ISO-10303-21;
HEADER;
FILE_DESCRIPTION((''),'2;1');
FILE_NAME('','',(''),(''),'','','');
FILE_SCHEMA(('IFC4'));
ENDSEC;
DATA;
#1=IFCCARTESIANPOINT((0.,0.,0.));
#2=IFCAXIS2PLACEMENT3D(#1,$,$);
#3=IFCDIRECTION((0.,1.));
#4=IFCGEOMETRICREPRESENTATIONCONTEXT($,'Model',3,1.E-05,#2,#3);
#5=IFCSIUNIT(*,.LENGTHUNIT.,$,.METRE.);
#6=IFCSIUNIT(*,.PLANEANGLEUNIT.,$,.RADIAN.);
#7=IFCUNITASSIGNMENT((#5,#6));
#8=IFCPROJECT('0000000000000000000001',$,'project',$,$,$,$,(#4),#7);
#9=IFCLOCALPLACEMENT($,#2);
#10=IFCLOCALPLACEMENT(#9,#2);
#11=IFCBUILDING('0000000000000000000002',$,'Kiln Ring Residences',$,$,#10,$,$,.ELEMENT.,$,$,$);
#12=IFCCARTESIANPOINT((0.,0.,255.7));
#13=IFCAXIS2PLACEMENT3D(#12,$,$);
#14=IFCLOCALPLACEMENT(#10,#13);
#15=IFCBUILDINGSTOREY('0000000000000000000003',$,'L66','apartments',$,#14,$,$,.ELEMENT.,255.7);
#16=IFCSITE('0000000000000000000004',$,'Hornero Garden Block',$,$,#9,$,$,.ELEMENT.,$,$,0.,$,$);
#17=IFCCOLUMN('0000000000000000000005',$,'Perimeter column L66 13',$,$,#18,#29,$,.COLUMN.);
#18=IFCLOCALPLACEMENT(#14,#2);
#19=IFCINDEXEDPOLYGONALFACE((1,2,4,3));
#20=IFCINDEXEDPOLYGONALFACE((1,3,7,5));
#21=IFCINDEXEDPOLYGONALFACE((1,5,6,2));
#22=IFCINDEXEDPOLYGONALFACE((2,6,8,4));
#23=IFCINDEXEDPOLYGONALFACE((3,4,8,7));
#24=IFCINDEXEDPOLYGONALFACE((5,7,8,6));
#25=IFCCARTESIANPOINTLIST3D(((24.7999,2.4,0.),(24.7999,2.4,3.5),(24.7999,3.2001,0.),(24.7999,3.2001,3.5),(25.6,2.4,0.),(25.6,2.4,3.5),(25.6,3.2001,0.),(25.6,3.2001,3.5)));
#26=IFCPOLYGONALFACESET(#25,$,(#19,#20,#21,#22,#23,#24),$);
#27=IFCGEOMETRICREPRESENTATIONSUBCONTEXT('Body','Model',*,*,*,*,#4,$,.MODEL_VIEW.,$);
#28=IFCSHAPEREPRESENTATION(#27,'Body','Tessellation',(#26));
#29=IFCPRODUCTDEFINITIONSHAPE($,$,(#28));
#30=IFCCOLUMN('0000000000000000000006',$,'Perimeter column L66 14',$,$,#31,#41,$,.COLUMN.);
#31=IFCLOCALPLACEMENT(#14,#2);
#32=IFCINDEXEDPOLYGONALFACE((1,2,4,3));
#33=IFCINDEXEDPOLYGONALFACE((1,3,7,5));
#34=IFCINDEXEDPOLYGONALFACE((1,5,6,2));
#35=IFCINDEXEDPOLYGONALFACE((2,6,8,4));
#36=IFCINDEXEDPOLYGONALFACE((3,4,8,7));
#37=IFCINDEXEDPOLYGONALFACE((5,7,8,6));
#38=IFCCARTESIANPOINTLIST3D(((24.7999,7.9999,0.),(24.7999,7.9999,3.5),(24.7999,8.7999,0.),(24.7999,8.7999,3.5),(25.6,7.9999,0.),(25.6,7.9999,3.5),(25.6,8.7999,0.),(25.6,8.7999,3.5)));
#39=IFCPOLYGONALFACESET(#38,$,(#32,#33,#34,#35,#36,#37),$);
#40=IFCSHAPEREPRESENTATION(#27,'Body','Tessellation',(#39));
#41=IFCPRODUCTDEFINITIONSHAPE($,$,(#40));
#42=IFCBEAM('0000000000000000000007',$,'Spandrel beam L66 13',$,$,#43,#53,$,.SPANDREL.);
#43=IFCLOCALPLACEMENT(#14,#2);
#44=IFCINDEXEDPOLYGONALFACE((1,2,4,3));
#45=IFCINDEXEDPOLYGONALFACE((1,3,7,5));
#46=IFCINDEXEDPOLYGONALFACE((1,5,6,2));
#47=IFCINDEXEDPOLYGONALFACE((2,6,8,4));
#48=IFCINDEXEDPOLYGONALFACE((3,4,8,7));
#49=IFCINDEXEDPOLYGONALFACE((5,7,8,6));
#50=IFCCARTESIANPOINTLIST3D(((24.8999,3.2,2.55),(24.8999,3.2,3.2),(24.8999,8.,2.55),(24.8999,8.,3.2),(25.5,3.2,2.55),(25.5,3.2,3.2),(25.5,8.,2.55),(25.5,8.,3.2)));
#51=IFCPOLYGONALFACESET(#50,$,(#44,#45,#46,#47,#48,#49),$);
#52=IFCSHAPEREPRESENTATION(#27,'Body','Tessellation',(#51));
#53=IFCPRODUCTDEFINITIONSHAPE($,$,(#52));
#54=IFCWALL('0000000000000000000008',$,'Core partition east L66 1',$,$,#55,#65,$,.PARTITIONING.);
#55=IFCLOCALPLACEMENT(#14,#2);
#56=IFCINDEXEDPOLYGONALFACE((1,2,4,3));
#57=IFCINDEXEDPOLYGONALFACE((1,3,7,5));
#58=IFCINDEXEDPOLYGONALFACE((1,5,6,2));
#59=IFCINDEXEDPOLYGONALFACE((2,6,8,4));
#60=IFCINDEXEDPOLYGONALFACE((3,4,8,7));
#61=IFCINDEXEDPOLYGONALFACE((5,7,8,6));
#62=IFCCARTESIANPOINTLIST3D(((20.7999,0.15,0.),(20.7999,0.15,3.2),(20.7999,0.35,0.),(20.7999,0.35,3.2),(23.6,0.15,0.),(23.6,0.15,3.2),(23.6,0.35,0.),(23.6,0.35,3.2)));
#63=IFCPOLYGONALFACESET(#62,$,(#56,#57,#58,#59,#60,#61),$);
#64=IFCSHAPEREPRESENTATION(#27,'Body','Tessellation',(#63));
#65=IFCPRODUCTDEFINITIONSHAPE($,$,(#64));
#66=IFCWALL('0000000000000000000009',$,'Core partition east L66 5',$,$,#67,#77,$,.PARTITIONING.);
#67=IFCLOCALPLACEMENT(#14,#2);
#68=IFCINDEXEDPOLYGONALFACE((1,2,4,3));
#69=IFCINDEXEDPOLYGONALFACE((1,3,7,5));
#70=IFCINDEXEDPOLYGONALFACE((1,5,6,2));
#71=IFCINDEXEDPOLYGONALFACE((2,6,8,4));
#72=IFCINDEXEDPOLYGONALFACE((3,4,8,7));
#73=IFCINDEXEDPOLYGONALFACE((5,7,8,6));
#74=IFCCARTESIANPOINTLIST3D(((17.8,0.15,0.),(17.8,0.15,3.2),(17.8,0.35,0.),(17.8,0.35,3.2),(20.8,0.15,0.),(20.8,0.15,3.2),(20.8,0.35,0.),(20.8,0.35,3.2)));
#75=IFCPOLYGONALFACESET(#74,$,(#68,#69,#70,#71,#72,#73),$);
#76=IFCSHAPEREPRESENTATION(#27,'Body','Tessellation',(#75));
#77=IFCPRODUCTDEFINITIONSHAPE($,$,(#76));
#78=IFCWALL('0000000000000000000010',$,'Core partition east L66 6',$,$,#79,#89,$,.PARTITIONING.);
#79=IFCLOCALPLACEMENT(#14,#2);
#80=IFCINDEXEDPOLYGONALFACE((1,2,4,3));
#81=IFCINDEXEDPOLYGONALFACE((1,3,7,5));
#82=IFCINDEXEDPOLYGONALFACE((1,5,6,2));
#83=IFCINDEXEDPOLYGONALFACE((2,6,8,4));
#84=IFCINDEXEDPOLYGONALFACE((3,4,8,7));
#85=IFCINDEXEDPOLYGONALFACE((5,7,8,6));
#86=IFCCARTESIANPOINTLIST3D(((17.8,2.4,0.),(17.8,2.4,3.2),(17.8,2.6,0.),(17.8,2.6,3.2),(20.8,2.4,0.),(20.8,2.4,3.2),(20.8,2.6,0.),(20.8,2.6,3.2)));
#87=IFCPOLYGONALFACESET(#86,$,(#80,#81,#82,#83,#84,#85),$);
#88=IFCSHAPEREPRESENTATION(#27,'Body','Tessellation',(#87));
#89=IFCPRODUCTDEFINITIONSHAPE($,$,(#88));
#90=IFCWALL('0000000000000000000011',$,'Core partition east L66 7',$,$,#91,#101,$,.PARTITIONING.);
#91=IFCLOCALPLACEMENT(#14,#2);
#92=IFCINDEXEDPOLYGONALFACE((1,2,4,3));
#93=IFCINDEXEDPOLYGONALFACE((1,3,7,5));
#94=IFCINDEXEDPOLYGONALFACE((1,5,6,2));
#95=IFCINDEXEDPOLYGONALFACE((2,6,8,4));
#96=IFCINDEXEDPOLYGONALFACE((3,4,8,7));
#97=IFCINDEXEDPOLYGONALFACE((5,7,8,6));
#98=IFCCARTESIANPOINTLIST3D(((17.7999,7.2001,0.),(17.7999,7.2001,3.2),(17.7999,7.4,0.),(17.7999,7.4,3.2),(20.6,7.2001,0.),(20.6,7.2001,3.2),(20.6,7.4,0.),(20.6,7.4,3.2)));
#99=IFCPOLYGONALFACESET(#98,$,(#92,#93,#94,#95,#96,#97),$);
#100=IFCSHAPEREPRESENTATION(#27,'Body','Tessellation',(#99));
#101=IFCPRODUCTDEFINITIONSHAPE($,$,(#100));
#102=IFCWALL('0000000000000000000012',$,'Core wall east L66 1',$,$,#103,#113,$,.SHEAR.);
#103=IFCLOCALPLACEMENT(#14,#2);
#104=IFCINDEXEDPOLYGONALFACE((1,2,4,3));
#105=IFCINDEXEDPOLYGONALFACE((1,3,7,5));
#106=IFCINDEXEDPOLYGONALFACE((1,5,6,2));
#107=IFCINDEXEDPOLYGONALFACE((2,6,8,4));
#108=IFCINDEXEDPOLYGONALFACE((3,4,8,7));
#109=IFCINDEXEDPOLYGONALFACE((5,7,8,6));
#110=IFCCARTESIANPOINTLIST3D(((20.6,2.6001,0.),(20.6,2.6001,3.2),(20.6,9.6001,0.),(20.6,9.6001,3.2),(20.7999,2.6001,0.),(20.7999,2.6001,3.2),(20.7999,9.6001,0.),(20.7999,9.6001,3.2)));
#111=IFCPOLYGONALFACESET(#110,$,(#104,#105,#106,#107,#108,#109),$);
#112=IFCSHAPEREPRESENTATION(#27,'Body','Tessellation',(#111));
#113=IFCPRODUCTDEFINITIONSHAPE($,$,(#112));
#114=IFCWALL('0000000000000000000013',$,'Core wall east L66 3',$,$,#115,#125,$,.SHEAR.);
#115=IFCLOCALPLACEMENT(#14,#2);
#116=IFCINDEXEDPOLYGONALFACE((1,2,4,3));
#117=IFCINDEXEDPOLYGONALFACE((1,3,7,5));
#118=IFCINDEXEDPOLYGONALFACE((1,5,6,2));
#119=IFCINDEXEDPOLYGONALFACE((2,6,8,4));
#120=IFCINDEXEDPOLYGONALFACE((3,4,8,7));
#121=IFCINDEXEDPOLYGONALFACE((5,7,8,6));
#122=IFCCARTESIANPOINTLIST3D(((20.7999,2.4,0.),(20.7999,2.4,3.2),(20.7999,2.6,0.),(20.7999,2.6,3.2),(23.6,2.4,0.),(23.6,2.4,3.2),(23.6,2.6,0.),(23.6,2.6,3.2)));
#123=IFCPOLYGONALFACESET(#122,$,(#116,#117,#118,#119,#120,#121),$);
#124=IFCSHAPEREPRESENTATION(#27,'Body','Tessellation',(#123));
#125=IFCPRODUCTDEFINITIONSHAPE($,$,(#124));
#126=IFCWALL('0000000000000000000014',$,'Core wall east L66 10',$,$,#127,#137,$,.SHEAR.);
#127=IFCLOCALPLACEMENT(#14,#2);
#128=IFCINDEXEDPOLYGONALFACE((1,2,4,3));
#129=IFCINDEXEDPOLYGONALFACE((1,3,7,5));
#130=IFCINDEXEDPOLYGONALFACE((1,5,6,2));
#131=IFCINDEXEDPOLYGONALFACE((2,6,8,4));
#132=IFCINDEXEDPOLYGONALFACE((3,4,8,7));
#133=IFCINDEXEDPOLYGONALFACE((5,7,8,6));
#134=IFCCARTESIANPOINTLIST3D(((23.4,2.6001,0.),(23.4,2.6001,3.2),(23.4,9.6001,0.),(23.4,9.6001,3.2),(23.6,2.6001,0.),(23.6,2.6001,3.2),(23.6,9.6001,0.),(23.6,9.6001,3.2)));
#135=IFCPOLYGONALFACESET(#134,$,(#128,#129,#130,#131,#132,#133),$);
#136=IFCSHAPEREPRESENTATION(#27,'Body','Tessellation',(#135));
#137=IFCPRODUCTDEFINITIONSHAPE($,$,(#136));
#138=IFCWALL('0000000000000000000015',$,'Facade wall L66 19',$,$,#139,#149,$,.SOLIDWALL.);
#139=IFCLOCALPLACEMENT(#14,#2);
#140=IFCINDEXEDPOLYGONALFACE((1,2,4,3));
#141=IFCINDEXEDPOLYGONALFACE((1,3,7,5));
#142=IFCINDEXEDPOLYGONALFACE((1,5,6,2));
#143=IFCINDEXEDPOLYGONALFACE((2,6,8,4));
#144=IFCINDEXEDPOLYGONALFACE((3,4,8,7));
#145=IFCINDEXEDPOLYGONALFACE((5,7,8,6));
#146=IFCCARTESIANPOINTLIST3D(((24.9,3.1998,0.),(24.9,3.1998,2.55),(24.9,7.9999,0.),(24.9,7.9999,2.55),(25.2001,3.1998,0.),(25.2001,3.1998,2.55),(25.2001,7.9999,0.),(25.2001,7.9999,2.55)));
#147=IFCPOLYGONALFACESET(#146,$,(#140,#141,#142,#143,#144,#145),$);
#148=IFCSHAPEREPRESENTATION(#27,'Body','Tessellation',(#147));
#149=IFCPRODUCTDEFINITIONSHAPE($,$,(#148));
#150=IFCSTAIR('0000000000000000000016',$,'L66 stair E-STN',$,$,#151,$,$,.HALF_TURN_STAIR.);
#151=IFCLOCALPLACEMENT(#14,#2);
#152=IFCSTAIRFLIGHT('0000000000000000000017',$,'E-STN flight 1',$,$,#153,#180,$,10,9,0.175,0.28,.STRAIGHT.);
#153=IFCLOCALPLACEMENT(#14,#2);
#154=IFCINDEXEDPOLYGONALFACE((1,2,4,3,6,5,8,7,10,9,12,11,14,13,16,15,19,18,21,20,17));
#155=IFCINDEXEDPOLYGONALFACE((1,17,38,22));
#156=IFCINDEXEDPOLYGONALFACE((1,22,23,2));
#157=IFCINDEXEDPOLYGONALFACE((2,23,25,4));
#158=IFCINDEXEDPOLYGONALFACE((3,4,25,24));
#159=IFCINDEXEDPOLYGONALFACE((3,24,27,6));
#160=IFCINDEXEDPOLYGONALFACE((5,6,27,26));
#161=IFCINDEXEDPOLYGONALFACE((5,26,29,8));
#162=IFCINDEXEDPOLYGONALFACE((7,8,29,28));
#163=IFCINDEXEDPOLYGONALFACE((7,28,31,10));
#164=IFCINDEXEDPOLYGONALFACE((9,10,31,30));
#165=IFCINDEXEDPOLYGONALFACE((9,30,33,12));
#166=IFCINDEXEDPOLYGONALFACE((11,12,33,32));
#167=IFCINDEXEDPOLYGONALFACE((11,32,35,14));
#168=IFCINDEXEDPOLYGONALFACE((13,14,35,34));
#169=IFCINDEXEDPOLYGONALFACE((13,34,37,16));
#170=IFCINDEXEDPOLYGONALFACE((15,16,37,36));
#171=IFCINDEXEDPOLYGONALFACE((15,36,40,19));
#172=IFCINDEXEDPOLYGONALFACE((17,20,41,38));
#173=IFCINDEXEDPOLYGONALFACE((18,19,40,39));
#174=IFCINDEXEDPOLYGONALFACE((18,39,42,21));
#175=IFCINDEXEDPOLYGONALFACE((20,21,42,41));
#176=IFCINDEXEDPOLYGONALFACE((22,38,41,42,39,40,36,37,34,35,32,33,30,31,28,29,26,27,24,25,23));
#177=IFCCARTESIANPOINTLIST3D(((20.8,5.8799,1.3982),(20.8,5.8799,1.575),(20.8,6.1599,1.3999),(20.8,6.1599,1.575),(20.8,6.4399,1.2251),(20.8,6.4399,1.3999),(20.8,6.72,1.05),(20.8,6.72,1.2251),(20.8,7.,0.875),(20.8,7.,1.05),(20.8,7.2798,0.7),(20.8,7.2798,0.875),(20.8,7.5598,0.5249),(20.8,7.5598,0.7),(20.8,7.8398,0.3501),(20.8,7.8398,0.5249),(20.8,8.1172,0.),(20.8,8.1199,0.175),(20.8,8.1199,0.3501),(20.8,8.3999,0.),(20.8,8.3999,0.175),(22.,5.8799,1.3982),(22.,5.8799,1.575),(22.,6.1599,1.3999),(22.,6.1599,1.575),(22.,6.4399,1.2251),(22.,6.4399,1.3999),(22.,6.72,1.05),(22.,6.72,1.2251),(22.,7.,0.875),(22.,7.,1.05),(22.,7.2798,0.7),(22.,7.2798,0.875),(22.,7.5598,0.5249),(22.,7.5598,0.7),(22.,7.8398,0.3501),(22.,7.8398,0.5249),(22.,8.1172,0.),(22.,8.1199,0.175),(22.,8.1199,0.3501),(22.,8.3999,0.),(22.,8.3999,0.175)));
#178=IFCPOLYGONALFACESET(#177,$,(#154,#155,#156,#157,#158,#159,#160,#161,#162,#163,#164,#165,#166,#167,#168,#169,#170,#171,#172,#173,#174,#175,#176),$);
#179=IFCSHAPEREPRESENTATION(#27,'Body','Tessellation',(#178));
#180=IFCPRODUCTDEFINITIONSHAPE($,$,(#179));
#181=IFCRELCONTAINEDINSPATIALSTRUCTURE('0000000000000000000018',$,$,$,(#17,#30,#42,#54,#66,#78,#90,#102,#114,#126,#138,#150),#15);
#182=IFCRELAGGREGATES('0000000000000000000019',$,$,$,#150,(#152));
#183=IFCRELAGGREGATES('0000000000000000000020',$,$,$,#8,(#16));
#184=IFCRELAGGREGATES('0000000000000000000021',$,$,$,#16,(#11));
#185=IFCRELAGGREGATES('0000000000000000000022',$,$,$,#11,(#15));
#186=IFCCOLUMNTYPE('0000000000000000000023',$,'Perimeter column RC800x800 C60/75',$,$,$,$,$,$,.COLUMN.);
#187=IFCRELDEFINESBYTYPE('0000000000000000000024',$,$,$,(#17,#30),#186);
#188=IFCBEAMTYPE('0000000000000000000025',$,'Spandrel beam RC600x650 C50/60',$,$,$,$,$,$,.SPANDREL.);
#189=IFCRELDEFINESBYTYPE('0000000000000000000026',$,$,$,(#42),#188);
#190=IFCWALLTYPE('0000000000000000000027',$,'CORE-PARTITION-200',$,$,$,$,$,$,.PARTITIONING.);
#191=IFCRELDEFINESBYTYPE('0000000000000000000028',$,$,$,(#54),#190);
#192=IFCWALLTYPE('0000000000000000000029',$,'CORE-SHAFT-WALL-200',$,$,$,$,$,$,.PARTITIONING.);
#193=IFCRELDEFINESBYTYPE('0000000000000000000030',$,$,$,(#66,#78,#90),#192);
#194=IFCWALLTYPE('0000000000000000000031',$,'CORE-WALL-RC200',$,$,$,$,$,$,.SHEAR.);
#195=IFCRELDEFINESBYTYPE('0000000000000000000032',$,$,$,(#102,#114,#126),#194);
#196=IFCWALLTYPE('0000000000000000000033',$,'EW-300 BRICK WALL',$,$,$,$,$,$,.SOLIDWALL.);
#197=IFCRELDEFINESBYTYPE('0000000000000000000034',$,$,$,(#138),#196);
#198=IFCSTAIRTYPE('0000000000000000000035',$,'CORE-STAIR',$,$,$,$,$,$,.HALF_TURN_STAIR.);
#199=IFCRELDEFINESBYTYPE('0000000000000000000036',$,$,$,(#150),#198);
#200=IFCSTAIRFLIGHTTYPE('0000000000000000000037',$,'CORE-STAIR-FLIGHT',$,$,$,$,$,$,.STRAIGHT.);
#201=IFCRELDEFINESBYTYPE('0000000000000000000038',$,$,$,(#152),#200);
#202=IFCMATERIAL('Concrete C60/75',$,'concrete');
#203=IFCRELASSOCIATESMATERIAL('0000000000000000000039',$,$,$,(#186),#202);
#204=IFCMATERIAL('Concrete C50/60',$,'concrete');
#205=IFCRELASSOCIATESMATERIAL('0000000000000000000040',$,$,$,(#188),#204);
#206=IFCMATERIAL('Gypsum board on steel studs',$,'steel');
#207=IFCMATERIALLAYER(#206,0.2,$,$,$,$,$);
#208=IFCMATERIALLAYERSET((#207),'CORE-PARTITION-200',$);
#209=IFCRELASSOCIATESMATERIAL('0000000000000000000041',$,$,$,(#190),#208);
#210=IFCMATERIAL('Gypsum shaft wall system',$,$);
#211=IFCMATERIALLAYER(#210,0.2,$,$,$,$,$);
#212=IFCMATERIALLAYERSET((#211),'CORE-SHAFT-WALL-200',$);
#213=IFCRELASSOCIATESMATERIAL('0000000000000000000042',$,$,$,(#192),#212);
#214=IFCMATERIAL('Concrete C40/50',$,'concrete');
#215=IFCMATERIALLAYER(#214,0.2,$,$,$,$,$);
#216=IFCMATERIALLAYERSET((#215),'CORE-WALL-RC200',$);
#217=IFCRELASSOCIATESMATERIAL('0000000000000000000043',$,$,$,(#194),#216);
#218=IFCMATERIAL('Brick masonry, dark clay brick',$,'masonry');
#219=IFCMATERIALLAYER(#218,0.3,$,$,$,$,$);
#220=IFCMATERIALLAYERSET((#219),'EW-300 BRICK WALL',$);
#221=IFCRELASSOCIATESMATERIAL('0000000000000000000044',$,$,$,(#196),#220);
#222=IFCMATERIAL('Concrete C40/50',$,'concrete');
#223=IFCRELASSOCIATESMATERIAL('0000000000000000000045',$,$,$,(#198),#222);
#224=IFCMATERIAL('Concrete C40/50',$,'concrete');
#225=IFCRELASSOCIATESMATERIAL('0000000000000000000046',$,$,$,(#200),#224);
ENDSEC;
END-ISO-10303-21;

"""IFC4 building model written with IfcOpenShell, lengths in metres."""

from ifc_helpers import new_model, si_unit, direction, frame, frame_2d, origin, origin_2d, place, context, subcontext, project, spatial, polyline, rectangle, outline, extrude, material, layer, layer_set, material_profile, profile_set, type_object, element, aggregate, save


model = new_model("IFC4")

# Units and contexts
model_context = context("Model", 3, precision=1e-05, world=origin(), true_north=direction((0.0, 1.0)))
body_context = subcontext(model_context, "Body", "Model", "MODEL_VIEW")
ifc_project = project(units=[si_unit("LENGTHUNIT", "METRE"), si_unit("PLANEANGLEUNIT", "RADIAN")], contexts=[model_context])

# Site, building, storey
site_placement = place(None, origin())
site = spatial("IfcSite", under=ifc_project, at=site_placement, Name="Hornero Garden Block", CompositionType="ELEMENT", RefElevation=0.0)
building_placement = place(site_placement, origin())
building = spatial("IfcBuilding", under=site, at=building_placement, Name="Kiln Ring Residences", CompositionType="ELEMENT")
storey_placement = place(building_placement, frame((0.0, 0.0, 255.7)))
storey = spatial("IfcBuildingStorey", under=building, at=storey_placement, Name="L66", Description="apartments", CompositionType="ELEMENT", Elevation=255.7)

# Columns
ifc_material_1 = material(Name="Concrete C60/75", Category="concrete")
ifc_material_profile_1 = material_profile(ifc_material_1, rectangle(XDim=0.8, YDim=0.8, at=origin_2d()), Name="RC800x800")
ifc_profile_set_1 = profile_set([ifc_material_profile_1], Name="Concrete C60/75")
column_type = type_object("IfcColumnType", Name="Perimeter column RC800x800 C60/75", PredefinedType="COLUMN", material=ifc_profile_set_1)
for number, where, z_axis, x_axis, name in (
    (1, (25.2, 2.8, 0.0), (0.0, 0.0, 1.0), (1.0, 0.0, 0.0), "Perimeter column L66 13"),
    (2, (25.2, 8.3999, 0.0), (0.0, 0.0, 1.0), (1.0, 0.0, 0.0), "Perimeter column L66 14"),
):
    element("IfcColumn", number, at=place(storey_placement, frame(where, z_axis=z_axis, x_axis=x_axis)), inside=storey, type_object=column_type, Name=name, PredefinedType="COLUMN", context=body_context, shape_type="SweptSolid", body=[
        extrude(rectangle(XDim=0.8, YDim=0.8, at=origin_2d()), origin(), (0.0, 0.0, 1.0), 3.5),
    ])

# Beam
ifc_material_2 = material(Name="Concrete C50/60", Category="concrete")
ifc_material_profile_2 = material_profile(ifc_material_2, rectangle(XDim=0.6001, YDim=0.6499, at=origin_2d()), Name="RC600x650")
ifc_profile_set_2 = profile_set([ifc_material_profile_2], Name="Concrete C50/60")
beam_type = type_object("IfcBeamType", Name="Spandrel beam RC600x650 C50/60", PredefinedType="SPANDREL", material=ifc_profile_set_2)
beam_placement = place(storey_placement, frame((25.2, 3.2, 2.875), z_axis=(0.0, 1.0, 0.0), x_axis=(-1.0, 0.0, 0.0)))
element("IfcBeam", 3, at=beam_placement, inside=storey, type_object=beam_type, Name="Spandrel beam L66 13", PredefinedType="SPANDREL", context=body_context, shape_type="SweptSolid", body=[
    extrude(rectangle(XDim=0.6001, YDim=0.6499, at=origin_2d()), origin(), (0.0, 0.0, 1.0), 4.8),
])

# Walls
ifc_material_3 = material(Name="Gypsum board on steel studs", Category="steel")
ifc_layer_1 = layer(ifc_material_3, 0.2)
ifc_layer_set_1 = layer_set([ifc_layer_1], Name="CORE-PARTITION-200")
wall_type_1 = type_object("IfcWallType", Name="CORE-PARTITION-200", PredefinedType="PARTITIONING", material=ifc_layer_set_1)
wall_1_placement = place(storey_placement, frame((20.8, 0.25, 0.0), z_axis=(0.0, 0.0, 1.0), x_axis=(1.0, 0.0, 0.0)))
element("IfcWall", 4, at=wall_1_placement, inside=storey, type_object=wall_type_1, Name="Core partition east L66 1", PredefinedType="PARTITIONING", context=body_context, shape_type="SweptSolid", body=[
    extrude(rectangle(XDim=2.8, YDim=0.2, at=frame_2d((1.3999, 0.0))), origin(), (0.0, 0.0, 1.0), 3.2),
])
ifc_material_4 = material(Name="Gypsum shaft wall system")
ifc_layer_2 = layer(ifc_material_4, 0.2)
ifc_layer_set_2 = layer_set([ifc_layer_2], Name="CORE-SHAFT-WALL-200")
wall_type_2 = type_object("IfcWallType", Name="CORE-SHAFT-WALL-200", PredefinedType="PARTITIONING", material=ifc_layer_set_2)
for number, where, z_axis, x_axis, name in (
    (5, (17.8, 0.25, 0.0), (0.0, 0.0, 1.0), (1.0, 0.0, 0.0), "Core partition east L66 5"),
    (6, (17.8, 2.5, 0.0), (0.0, 0.0, 1.0), (1.0, 0.0, 0.0), "Core partition east L66 6"),
):
    element("IfcWall", number, at=place(storey_placement, frame(where, z_axis=z_axis, x_axis=x_axis)), inside=storey, type_object=wall_type_2, Name=name, PredefinedType="PARTITIONING", context=body_context, shape_type="SweptSolid", body=[
        extrude(rectangle(XDim=3.0, YDim=0.2, at=frame_2d((1.5, 0.0))), origin(), (0.0, 0.0, 1.0), 3.2),
    ])
wall_2_placement = place(storey_placement, frame((17.8, 7.3, 0.0), z_axis=(0.0, 0.0, 1.0), x_axis=(1.0, 0.0, 0.0)))
element("IfcWall", 7, at=wall_2_placement, inside=storey, type_object=wall_type_2, Name="Core partition east L66 7", PredefinedType="PARTITIONING", context=body_context, shape_type="SweptSolid", body=[
    extrude(rectangle(XDim=2.8, YDim=0.2, at=frame_2d((1.3999, 0.0))), origin(), (0.0, 0.0, 1.0), 3.2),
])
ifc_material_5 = material(Name="Concrete C40/50", Category="concrete")
ifc_layer_3 = layer(ifc_material_5, 0.2)
ifc_layer_set_3 = layer_set([ifc_layer_3], Name="CORE-WALL-RC200")
wall_type_3 = type_object("IfcWallType", Name="CORE-WALL-RC200", PredefinedType="SHEAR", material=ifc_layer_set_3)
wall_3_placement = place(storey_placement, frame((20.7, 2.6001, 0.0), z_axis=(0.0, 0.0, 1.0), x_axis=(0.0, 1.0, 0.0)))
element("IfcWall", 8, at=wall_3_placement, inside=storey, type_object=wall_type_3, Name="Core wall east L66 1", PredefinedType="SHEAR", context=body_context, shape_type="SweptSolid", body=[
    extrude(rectangle(XDim=7.0, YDim=0.2, at=frame_2d((3.5, 0.0))), origin(), (0.0, 0.0, 1.0), 3.2),
])
wall_4_placement = place(storey_placement, frame((20.8, 2.5, 0.0), z_axis=(0.0, 0.0, 1.0), x_axis=(1.0, 0.0, 0.0)))
element("IfcWall", 9, at=wall_4_placement, inside=storey, type_object=wall_type_3, Name="Core wall east L66 3", PredefinedType="SHEAR", context=body_context, shape_type="SweptSolid", body=[
    extrude(rectangle(XDim=2.8, YDim=0.2, at=frame_2d((1.3999, 0.0))), origin(), (0.0, 0.0, 1.0), 3.2),
])
wall_5_placement = place(storey_placement, frame((23.5, 2.6001, 0.0), z_axis=(0.0, 0.0, 1.0), x_axis=(0.0, 1.0, 0.0)))
element("IfcWall", 10, at=wall_5_placement, inside=storey, type_object=wall_type_3, Name="Core wall east L66 10", PredefinedType="SHEAR", context=body_context, shape_type="SweptSolid", body=[
    extrude(rectangle(XDim=7.0, YDim=0.2, at=frame_2d((3.5, 0.0))), origin(), (0.0, 0.0, 1.0), 3.2),
])
ifc_material_6 = material(Name="Brick masonry, dark clay brick", Category="masonry")
ifc_layer_4 = layer(ifc_material_6, 0.3)
ifc_layer_set_4 = layer_set([ifc_layer_4], Name="EW-300 BRICK WALL")
wall_type_4 = type_object("IfcWallType", Name="EW-300 BRICK WALL", PredefinedType="SOLIDWALL", material=ifc_layer_set_4)
wall_6_placement = place(storey_placement, frame((25.05, 3.2, 0.0), z_axis=(0.0, 0.0, 1.0), x_axis=(0.0, 1.0, 0.0)))
element("IfcWall", 11, at=wall_6_placement, inside=storey, type_object=wall_type_4, Name="Facade wall L66 19", PredefinedType="SOLIDWALL", context=body_context, shape_type="SweptSolid", body=[
    extrude(rectangle(XDim=4.8, YDim=0.3, at=frame_2d((2.3999, 0.0))), origin(), (0.0, 0.0, 1.0), 2.55),
])

# Stair, stair flight
ifc_material_7 = material(Name="Concrete C40/50", Category="concrete")
stair_type = type_object("IfcStairType", Name="CORE-STAIR", PredefinedType="HALF_TURN_STAIR", material=ifc_material_7)
stair_placement = place(storey_placement, origin())
stair = element("IfcStair", 12, at=stair_placement, inside=storey, type_object=stair_type, Name="L66 stair E-STN", PredefinedType="HALF_TURN_STAIR")
ifc_material_8 = material(Name="Concrete C40/50", Category="concrete")
stair_flight_type = type_object("IfcStairFlightType", Name="CORE-STAIR-FLIGHT", PredefinedType="STRAIGHT", material=ifc_material_8)
stair_flight_1_placement = place(storey_placement, frame((21.3999, 8.3999, 0.0), z_axis=(0.0, 0.0, 1.0), x_axis=(0.0, -1.0, 0.0)))
stair_flight_1 = element("IfcStairFlight", 13, at=stair_flight_1_placement, type_object=stair_flight_type, Name="E-STN flight 1", NumberOfRisers=10, NumberOfTreads=9, PredefinedType="STRAIGHT", RiserHeight=0.175, TreadLength=0.28, context=body_context, shape_type="SweptSolid", body=[
    extrude(outline(polyline([(0.0, 0.0), (0.0, 0.175), (0.28, 0.175), (0.28, 0.3501), (0.5601, 0.3501), (0.5601, 0.5249), (0.8401, 0.5249), (0.8401, 0.7), (1.1201, 0.7), (1.1201, 0.875), (1.3999, 0.875), (1.3999, 1.05), (1.6799, 1.05), (1.6799, 1.2251), (1.96, 1.2251), (1.96, 1.3999), (2.24, 1.3999), (2.24, 1.575), (2.52, 1.575), (2.52, 1.75), (2.52, 1.3982), (0.2827, 0.0), (0.0, 0.0)])), frame((0.0, 0.6001, 0.0), z_axis=(0.0, -1.0, 0.0), x_axis=(1.0, 0.0, 0.0)), (0.0, 0.0, 1.0), 1.2),
])
aggregate(stair, [stair_flight_1])

save(model, "model.ifc")
